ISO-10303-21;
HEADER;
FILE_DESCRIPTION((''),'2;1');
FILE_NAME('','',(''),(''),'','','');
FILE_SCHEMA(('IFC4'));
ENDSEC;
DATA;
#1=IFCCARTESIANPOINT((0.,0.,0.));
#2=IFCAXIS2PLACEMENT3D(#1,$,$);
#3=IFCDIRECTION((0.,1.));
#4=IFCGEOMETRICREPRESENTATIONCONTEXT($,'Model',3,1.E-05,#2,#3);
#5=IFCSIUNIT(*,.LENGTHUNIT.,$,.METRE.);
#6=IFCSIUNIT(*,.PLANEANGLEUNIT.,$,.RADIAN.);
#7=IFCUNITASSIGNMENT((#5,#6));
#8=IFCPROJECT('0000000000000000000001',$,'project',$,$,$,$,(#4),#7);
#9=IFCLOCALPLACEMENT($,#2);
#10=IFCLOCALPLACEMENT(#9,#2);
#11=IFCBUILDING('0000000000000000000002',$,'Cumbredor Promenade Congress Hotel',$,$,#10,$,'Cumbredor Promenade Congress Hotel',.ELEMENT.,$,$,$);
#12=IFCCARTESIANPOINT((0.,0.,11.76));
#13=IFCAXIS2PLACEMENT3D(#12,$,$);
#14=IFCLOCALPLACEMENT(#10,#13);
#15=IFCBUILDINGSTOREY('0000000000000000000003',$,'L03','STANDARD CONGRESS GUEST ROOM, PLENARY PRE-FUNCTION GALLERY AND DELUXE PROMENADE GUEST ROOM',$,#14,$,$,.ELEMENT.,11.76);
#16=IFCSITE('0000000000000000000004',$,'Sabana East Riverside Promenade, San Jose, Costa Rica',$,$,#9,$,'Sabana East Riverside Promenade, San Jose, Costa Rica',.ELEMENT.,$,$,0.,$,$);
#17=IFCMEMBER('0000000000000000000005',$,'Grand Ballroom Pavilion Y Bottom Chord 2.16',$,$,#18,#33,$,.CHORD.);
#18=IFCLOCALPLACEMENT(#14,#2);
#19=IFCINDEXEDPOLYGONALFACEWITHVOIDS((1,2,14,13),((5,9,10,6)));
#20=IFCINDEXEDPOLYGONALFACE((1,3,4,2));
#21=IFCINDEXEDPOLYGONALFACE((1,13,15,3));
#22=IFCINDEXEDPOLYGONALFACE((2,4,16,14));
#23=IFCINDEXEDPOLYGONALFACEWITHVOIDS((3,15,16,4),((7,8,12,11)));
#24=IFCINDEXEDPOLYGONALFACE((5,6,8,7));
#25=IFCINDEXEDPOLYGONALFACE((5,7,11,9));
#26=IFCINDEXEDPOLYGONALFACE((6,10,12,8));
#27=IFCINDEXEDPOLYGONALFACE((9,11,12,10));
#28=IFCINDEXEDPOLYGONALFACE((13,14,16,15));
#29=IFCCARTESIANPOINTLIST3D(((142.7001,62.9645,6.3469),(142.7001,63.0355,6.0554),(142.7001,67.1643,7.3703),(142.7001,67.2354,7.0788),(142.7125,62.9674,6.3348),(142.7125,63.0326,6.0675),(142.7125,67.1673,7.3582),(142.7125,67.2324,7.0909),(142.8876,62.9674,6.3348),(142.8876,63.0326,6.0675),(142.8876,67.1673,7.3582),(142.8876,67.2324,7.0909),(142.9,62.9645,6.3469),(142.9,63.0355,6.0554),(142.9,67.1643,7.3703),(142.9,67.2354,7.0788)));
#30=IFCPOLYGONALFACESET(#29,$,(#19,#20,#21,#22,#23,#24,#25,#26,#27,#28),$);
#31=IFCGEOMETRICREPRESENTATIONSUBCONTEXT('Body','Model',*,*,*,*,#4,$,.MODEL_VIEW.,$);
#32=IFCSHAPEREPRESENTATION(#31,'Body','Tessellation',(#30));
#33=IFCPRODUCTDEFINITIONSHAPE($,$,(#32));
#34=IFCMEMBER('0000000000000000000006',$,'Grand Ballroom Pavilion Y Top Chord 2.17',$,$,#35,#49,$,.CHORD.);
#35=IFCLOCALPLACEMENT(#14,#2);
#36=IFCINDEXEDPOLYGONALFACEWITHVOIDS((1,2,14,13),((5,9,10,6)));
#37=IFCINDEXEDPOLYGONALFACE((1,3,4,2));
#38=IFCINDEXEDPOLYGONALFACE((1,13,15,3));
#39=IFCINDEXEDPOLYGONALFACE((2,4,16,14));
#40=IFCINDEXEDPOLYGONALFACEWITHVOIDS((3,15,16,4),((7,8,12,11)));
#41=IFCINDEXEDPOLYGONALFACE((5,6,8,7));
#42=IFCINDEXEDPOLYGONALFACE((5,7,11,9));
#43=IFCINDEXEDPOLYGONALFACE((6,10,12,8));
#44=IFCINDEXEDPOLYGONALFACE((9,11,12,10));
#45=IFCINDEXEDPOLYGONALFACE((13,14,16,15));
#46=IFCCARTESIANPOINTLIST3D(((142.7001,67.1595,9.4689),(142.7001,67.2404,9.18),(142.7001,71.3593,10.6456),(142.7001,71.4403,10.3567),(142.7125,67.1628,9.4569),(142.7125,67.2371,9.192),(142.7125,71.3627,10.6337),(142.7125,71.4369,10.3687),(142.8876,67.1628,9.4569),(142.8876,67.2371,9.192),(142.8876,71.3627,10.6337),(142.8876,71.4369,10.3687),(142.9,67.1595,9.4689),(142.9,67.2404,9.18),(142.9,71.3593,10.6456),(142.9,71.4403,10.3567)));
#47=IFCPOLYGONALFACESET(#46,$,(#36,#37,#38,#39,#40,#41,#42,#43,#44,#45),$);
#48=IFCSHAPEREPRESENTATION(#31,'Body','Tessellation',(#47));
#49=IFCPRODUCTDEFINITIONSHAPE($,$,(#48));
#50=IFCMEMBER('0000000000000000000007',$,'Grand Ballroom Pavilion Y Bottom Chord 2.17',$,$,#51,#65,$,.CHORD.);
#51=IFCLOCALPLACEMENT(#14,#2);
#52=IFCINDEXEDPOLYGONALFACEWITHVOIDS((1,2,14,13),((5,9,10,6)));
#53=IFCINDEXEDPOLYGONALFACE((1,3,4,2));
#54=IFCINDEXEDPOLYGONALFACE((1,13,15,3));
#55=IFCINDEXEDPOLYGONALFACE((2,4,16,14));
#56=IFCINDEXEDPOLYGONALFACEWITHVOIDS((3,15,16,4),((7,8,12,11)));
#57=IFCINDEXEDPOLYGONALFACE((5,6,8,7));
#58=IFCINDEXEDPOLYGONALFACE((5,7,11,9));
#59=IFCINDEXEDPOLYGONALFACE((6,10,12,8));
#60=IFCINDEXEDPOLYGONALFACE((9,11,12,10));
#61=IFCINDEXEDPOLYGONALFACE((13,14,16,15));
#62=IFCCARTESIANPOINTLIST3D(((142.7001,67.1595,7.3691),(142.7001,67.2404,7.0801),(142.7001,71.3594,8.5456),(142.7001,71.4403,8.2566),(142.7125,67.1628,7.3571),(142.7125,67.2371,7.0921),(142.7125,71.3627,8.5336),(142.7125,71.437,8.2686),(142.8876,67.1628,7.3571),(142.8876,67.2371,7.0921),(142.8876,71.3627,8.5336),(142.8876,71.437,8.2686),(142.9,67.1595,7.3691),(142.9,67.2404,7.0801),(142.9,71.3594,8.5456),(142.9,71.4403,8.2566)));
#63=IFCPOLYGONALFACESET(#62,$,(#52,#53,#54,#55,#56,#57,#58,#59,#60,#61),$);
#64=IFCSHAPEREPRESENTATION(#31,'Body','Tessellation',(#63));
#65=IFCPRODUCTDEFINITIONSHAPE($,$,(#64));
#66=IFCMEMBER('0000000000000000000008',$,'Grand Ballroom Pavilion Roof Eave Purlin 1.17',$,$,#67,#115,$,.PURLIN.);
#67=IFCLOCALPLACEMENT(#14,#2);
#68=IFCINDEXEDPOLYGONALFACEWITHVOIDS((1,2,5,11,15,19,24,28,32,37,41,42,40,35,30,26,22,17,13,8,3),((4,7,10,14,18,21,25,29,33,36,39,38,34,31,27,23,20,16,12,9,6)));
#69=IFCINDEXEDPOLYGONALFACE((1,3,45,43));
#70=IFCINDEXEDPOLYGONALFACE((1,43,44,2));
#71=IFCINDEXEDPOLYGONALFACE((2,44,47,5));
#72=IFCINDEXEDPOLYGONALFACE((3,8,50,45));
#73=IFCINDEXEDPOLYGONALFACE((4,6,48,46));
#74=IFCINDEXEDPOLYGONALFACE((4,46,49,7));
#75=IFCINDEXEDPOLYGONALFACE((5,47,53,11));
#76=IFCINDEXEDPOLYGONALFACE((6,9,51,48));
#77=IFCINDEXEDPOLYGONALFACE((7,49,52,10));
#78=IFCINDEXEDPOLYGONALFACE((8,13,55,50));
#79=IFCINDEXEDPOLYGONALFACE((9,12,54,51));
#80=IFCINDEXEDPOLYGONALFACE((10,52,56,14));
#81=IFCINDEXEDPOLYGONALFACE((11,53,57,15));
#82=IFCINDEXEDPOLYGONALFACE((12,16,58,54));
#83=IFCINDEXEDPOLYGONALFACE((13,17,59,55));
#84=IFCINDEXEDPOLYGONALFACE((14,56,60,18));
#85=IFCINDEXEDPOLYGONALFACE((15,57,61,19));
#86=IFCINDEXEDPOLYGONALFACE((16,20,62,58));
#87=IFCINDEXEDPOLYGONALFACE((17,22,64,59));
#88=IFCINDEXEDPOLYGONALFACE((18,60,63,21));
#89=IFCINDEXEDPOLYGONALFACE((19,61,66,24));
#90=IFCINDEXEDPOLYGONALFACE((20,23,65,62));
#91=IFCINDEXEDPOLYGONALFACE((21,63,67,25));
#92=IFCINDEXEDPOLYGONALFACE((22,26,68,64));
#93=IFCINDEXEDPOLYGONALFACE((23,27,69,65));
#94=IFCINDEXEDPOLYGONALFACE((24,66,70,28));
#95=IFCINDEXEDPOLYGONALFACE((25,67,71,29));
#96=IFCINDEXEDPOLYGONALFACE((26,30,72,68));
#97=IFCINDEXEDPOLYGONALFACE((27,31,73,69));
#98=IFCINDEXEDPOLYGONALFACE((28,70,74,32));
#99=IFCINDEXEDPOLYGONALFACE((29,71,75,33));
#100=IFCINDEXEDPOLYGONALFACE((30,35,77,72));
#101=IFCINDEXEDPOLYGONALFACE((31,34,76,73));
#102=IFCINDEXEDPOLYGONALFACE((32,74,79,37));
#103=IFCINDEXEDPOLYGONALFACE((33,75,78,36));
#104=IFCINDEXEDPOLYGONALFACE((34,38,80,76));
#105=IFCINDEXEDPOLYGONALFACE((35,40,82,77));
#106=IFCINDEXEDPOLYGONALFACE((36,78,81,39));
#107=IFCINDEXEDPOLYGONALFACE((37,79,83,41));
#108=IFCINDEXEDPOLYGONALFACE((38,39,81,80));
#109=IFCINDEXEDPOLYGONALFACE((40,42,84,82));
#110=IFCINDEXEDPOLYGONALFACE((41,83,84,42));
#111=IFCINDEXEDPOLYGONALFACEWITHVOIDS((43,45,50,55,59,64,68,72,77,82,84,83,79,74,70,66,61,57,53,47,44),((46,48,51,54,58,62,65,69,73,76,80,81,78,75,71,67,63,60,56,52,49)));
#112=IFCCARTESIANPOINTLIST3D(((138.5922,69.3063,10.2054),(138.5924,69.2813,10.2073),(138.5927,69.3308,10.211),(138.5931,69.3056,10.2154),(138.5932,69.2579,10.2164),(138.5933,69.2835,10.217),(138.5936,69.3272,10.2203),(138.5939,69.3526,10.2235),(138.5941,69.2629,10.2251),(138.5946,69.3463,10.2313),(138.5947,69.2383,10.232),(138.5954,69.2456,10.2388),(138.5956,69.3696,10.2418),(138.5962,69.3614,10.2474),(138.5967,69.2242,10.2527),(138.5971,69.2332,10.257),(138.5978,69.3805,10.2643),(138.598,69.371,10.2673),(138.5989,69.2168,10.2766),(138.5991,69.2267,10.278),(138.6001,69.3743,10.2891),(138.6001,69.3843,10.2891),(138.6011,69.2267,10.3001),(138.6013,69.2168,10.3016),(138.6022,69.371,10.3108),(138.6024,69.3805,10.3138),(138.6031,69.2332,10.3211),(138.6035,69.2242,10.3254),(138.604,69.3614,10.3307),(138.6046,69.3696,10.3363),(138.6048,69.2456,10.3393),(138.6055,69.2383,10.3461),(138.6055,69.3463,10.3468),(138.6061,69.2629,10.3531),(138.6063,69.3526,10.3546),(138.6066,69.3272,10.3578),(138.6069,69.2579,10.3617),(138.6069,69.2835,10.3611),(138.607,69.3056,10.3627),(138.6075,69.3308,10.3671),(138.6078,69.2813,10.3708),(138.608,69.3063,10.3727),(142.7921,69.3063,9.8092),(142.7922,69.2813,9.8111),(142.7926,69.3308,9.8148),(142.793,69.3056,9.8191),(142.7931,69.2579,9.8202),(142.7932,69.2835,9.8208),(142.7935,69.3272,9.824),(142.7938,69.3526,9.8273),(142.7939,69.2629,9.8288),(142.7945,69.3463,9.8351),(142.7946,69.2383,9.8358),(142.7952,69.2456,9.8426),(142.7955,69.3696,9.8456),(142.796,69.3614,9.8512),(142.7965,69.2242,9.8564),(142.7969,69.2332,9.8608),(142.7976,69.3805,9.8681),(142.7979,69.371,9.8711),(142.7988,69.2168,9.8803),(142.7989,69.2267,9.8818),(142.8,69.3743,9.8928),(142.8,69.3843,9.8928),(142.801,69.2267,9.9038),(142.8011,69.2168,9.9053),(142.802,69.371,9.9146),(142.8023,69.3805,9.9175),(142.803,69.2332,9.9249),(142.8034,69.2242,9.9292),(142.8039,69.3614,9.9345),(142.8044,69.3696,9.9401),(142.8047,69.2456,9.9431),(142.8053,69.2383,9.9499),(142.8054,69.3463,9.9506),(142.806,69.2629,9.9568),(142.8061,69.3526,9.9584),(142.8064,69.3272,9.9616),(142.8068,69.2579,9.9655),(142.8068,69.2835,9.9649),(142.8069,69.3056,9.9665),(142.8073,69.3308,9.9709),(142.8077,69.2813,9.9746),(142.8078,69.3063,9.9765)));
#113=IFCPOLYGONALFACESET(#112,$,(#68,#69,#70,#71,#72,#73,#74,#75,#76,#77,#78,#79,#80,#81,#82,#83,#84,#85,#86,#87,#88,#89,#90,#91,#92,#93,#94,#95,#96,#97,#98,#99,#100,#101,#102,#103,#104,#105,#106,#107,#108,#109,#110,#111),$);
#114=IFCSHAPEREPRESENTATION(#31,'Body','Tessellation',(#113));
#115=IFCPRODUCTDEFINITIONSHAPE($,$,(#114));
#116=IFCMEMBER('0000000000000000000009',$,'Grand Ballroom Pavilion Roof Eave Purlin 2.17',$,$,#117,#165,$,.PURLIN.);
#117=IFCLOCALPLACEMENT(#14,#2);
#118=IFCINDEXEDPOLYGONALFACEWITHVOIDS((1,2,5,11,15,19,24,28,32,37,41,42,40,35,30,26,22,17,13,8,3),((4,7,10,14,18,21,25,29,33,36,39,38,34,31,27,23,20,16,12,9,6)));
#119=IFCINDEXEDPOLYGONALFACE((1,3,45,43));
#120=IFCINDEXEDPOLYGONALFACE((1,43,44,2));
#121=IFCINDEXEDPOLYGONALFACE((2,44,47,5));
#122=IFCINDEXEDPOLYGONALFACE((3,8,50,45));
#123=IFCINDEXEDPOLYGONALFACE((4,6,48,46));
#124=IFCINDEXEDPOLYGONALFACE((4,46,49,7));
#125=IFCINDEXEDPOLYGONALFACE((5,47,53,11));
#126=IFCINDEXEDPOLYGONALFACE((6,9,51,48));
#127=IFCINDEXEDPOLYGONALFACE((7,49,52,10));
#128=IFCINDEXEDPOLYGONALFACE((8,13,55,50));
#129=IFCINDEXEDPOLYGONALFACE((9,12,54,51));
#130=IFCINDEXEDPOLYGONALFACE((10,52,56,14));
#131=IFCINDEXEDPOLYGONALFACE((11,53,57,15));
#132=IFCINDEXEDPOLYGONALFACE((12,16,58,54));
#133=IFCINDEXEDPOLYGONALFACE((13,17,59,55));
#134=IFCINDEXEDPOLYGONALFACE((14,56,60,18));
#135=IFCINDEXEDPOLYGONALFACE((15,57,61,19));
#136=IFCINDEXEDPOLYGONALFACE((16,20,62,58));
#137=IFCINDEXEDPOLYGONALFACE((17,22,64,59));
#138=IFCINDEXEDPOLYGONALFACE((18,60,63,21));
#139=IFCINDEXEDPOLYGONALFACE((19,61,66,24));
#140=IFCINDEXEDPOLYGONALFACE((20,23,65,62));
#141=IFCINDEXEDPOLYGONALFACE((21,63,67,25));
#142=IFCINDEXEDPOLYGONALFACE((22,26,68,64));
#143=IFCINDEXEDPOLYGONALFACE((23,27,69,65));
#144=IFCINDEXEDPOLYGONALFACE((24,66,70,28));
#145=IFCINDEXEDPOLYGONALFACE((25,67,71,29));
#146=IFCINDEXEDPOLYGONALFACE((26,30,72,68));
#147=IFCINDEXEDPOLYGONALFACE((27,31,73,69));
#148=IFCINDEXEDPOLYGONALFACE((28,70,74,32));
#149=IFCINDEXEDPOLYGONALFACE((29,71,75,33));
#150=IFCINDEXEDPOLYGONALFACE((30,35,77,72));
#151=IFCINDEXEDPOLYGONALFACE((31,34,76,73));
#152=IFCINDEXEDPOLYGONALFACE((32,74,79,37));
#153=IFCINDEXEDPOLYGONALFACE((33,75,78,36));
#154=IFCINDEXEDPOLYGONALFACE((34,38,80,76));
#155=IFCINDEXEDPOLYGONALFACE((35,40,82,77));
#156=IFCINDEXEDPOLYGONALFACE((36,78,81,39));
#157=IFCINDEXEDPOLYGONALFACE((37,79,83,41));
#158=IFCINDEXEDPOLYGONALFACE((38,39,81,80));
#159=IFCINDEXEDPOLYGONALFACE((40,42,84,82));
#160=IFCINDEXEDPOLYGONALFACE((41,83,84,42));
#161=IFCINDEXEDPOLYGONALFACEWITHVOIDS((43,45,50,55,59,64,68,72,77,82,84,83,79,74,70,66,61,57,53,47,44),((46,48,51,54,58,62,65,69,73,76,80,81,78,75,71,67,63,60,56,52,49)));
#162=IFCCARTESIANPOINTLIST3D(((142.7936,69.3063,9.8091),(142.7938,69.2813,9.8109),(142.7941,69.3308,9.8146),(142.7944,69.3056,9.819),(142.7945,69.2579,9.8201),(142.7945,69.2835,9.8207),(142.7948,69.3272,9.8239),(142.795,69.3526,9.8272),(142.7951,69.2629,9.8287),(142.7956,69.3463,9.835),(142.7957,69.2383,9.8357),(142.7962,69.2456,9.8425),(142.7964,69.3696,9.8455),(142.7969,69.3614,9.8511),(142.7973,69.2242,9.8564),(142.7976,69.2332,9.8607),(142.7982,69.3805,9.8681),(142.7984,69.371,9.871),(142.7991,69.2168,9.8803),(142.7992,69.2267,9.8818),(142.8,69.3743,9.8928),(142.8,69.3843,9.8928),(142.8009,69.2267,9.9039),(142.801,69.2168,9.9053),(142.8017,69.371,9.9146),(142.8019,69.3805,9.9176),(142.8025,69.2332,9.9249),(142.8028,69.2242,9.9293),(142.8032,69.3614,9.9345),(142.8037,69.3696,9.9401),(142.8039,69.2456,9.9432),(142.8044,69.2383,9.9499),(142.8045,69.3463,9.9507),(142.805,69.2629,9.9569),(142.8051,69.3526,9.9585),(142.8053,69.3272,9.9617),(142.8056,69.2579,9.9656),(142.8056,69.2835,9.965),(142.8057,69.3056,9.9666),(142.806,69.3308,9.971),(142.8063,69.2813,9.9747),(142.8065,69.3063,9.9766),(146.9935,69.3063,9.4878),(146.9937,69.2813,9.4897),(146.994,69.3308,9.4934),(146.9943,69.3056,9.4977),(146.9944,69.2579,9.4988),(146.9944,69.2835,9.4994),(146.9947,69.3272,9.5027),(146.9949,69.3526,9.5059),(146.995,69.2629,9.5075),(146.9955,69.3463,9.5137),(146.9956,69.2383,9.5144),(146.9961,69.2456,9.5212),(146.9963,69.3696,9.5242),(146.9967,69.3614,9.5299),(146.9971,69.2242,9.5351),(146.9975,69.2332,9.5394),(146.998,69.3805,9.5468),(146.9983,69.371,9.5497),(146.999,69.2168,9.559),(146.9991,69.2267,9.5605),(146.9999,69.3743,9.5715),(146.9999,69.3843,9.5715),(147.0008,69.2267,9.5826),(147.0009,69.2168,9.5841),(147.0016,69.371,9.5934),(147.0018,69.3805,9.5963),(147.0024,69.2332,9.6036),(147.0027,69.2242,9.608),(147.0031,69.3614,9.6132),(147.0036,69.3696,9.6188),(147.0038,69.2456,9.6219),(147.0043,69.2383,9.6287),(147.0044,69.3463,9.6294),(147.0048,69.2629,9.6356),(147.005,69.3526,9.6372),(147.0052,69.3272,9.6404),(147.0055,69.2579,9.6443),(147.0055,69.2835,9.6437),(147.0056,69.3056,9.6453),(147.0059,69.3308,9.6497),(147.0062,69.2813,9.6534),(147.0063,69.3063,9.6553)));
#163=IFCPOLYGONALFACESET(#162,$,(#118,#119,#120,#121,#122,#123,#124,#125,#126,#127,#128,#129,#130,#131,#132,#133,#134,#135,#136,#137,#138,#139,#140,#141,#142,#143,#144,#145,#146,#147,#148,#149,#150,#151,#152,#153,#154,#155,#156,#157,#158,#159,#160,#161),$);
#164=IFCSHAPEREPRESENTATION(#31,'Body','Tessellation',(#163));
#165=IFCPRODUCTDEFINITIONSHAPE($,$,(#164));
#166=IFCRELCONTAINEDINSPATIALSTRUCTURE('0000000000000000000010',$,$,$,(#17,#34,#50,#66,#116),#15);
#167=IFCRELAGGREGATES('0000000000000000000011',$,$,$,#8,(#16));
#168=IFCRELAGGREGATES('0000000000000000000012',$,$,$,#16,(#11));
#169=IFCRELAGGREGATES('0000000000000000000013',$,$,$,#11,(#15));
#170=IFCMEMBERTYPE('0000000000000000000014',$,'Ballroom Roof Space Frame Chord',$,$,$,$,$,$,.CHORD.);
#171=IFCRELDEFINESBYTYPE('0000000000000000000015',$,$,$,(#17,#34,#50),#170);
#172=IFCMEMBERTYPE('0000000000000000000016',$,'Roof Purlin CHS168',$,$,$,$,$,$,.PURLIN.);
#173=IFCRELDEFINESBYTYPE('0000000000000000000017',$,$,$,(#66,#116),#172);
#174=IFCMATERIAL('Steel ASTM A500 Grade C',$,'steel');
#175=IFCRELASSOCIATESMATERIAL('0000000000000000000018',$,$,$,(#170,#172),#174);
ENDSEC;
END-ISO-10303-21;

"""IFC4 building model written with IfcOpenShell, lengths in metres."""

from ifc_helpers import new_model, si_unit, direction, frame, origin, origin_2d, place, context, subcontext, project, spatial, hollow_rectangle, hollow_circle, extrude, material, material_profile, profile_set, type_object, element, save


model = new_model("IFC4")

# Units and contexts
model_context = context("Model", 3, precision=1e-05, world=origin(), true_north=direction((0.0, 1.0)))
body_context = subcontext(model_context, "Body", "Model", "MODEL_VIEW")
ifc_project = project(units=[si_unit("LENGTHUNIT", "METRE"), si_unit("PLANEANGLEUNIT", "RADIAN")], contexts=[model_context])

# Site, building, storey
site_placement = place(None, origin())
site = spatial("IfcSite", under=ifc_project, at=site_placement, Name="Sabana East Riverside Promenade, San Jose, Costa Rica", LongName="Sabana East Riverside Promenade, San Jose, Costa Rica", CompositionType="ELEMENT", RefElevation=0.0)
building_placement = place(site_placement, origin())
building = spatial("IfcBuilding", under=site, at=building_placement, Name="Cumbredor Promenade Congress Hotel", LongName="Cumbredor Promenade Congress Hotel", CompositionType="ELEMENT")
storey_placement = place(building_placement, frame((0.0, 0.0, 11.76)))
storey = spatial("IfcBuildingStorey", under=building, at=storey_placement, Name="L03", Description="STANDARD CONGRESS GUEST ROOM, PLENARY PRE-FUNCTION GALLERY AND DELUXE PROMENADE GUEST ROOM", CompositionType="ELEMENT", Elevation=11.76)

# Members
ifc_material_1 = material(Name="Steel ASTM A500 Grade C", Category="steel")
ifc_material_profile_1 = material_profile(ifc_material_1, hollow_rectangle(XDim=0.2, YDim=0.3, WallThickness=0.0125, at=origin_2d()), Name="HSS 300x200x12.5")
ifc_profile_set_1 = profile_set([ifc_material_profile_1], Name="Steel ASTM A500 Grade C")
member_type_1 = type_object("IfcMemberType", Name="Ballroom Roof Space Frame Chord", PredefinedType="CHORD", material=ifc_profile_set_1)
for number, where, z_axis, x_axis, name in (
    (1, (142.8, 63.0, 6.2012), (0.0, 0.97157, 0.236751), (-1.0, 0.0, 0.0), "Grand Ballroom Pavilion Y Bottom Chord 2.16"),
):
    element("IfcMember", number, at=place(storey_placement, frame(where, z_axis=z_axis, x_axis=x_axis)), inside=storey, type_object=member_type_1, Name=name, PredefinedType="CHORD", context=body_context, shape_type="SweptSolid", body=[
        extrude(hollow_rectangle(XDim=0.2, YDim=0.3, WallThickness=0.0125, at=origin_2d()), origin(), (0.0, 0.0, 1.0), 4.3228),
    ])
for number, where, z_axis, x_axis, name in (
    (2, (142.8, 67.2, 9.3245), (0.0, 0.962918, 0.269794), (-1.0, 0.0, 0.0), "Grand Ballroom Pavilion Y Top Chord 2.17"),
    (3, (142.8, 67.2, 7.2246), (0.0, 0.962933, 0.269742), (-1.0, 0.0, 0.0), "Grand Ballroom Pavilion Y Bottom Chord 2.17"),
):
    element("IfcMember", number, at=place(storey_placement, frame(where, z_axis=z_axis, x_axis=x_axis)), inside=storey, type_object=member_type_1, Name=name, PredefinedType="CHORD", context=body_context, shape_type="SweptSolid", body=[
        extrude(hollow_rectangle(XDim=0.2, YDim=0.3, WallThickness=0.0125, at=origin_2d()), origin(), (0.0, 0.0, 1.0), 4.3616),
    ])
ifc_material_profile_2 = material_profile(ifc_material_1, hollow_circle(Radius=0.0842, WallThickness=0.01, at=origin_2d()), Name="CHS 168.3x10")
ifc_profile_set_2 = profile_set([ifc_material_profile_2], Name="Steel ASTM A500 Grade C")
member_type_2 = type_object("IfcMemberType", Name="Roof Purlin CHS168", PredefinedType="PURLIN", material=ifc_profile_set_2)
member_1_placement = place(storey_placement, frame((138.6001, 69.3, 10.2891), z_axis=(0.995579, 0.0, -0.093927), x_axis=(0.0, 1.0, 0.0)))
element("IfcMember", 4, at=member_1_placement, inside=storey, type_object=member_type_2, Name="Grand Ballroom Pavilion Roof Eave Purlin 1.17", PredefinedType="PURLIN", context=body_context, shape_type="SweptSolid", body=[
    extrude(hollow_circle(Radius=0.0842, WallThickness=0.01, at=origin_2d()), origin(), (0.0, 0.0, 1.0), 4.2185),
])
member_2_placement = place(storey_placement, frame((142.8, 69.3, 9.8928), z_axis=(0.997087, 0.0, -0.076275), x_axis=(0.0, 1.0, 0.0)))
element("IfcMember", 5, at=member_2_placement, inside=storey, type_object=member_type_2, Name="Grand Ballroom Pavilion Roof Eave Purlin 2.17", PredefinedType="PURLIN", context=body_context, shape_type="SweptSolid", body=[
    extrude(hollow_circle(Radius=0.0842, WallThickness=0.01, at=origin_2d()), origin(), (0.0, 0.0, 1.0), 4.2122),
])

save(model, "model.ifc")
